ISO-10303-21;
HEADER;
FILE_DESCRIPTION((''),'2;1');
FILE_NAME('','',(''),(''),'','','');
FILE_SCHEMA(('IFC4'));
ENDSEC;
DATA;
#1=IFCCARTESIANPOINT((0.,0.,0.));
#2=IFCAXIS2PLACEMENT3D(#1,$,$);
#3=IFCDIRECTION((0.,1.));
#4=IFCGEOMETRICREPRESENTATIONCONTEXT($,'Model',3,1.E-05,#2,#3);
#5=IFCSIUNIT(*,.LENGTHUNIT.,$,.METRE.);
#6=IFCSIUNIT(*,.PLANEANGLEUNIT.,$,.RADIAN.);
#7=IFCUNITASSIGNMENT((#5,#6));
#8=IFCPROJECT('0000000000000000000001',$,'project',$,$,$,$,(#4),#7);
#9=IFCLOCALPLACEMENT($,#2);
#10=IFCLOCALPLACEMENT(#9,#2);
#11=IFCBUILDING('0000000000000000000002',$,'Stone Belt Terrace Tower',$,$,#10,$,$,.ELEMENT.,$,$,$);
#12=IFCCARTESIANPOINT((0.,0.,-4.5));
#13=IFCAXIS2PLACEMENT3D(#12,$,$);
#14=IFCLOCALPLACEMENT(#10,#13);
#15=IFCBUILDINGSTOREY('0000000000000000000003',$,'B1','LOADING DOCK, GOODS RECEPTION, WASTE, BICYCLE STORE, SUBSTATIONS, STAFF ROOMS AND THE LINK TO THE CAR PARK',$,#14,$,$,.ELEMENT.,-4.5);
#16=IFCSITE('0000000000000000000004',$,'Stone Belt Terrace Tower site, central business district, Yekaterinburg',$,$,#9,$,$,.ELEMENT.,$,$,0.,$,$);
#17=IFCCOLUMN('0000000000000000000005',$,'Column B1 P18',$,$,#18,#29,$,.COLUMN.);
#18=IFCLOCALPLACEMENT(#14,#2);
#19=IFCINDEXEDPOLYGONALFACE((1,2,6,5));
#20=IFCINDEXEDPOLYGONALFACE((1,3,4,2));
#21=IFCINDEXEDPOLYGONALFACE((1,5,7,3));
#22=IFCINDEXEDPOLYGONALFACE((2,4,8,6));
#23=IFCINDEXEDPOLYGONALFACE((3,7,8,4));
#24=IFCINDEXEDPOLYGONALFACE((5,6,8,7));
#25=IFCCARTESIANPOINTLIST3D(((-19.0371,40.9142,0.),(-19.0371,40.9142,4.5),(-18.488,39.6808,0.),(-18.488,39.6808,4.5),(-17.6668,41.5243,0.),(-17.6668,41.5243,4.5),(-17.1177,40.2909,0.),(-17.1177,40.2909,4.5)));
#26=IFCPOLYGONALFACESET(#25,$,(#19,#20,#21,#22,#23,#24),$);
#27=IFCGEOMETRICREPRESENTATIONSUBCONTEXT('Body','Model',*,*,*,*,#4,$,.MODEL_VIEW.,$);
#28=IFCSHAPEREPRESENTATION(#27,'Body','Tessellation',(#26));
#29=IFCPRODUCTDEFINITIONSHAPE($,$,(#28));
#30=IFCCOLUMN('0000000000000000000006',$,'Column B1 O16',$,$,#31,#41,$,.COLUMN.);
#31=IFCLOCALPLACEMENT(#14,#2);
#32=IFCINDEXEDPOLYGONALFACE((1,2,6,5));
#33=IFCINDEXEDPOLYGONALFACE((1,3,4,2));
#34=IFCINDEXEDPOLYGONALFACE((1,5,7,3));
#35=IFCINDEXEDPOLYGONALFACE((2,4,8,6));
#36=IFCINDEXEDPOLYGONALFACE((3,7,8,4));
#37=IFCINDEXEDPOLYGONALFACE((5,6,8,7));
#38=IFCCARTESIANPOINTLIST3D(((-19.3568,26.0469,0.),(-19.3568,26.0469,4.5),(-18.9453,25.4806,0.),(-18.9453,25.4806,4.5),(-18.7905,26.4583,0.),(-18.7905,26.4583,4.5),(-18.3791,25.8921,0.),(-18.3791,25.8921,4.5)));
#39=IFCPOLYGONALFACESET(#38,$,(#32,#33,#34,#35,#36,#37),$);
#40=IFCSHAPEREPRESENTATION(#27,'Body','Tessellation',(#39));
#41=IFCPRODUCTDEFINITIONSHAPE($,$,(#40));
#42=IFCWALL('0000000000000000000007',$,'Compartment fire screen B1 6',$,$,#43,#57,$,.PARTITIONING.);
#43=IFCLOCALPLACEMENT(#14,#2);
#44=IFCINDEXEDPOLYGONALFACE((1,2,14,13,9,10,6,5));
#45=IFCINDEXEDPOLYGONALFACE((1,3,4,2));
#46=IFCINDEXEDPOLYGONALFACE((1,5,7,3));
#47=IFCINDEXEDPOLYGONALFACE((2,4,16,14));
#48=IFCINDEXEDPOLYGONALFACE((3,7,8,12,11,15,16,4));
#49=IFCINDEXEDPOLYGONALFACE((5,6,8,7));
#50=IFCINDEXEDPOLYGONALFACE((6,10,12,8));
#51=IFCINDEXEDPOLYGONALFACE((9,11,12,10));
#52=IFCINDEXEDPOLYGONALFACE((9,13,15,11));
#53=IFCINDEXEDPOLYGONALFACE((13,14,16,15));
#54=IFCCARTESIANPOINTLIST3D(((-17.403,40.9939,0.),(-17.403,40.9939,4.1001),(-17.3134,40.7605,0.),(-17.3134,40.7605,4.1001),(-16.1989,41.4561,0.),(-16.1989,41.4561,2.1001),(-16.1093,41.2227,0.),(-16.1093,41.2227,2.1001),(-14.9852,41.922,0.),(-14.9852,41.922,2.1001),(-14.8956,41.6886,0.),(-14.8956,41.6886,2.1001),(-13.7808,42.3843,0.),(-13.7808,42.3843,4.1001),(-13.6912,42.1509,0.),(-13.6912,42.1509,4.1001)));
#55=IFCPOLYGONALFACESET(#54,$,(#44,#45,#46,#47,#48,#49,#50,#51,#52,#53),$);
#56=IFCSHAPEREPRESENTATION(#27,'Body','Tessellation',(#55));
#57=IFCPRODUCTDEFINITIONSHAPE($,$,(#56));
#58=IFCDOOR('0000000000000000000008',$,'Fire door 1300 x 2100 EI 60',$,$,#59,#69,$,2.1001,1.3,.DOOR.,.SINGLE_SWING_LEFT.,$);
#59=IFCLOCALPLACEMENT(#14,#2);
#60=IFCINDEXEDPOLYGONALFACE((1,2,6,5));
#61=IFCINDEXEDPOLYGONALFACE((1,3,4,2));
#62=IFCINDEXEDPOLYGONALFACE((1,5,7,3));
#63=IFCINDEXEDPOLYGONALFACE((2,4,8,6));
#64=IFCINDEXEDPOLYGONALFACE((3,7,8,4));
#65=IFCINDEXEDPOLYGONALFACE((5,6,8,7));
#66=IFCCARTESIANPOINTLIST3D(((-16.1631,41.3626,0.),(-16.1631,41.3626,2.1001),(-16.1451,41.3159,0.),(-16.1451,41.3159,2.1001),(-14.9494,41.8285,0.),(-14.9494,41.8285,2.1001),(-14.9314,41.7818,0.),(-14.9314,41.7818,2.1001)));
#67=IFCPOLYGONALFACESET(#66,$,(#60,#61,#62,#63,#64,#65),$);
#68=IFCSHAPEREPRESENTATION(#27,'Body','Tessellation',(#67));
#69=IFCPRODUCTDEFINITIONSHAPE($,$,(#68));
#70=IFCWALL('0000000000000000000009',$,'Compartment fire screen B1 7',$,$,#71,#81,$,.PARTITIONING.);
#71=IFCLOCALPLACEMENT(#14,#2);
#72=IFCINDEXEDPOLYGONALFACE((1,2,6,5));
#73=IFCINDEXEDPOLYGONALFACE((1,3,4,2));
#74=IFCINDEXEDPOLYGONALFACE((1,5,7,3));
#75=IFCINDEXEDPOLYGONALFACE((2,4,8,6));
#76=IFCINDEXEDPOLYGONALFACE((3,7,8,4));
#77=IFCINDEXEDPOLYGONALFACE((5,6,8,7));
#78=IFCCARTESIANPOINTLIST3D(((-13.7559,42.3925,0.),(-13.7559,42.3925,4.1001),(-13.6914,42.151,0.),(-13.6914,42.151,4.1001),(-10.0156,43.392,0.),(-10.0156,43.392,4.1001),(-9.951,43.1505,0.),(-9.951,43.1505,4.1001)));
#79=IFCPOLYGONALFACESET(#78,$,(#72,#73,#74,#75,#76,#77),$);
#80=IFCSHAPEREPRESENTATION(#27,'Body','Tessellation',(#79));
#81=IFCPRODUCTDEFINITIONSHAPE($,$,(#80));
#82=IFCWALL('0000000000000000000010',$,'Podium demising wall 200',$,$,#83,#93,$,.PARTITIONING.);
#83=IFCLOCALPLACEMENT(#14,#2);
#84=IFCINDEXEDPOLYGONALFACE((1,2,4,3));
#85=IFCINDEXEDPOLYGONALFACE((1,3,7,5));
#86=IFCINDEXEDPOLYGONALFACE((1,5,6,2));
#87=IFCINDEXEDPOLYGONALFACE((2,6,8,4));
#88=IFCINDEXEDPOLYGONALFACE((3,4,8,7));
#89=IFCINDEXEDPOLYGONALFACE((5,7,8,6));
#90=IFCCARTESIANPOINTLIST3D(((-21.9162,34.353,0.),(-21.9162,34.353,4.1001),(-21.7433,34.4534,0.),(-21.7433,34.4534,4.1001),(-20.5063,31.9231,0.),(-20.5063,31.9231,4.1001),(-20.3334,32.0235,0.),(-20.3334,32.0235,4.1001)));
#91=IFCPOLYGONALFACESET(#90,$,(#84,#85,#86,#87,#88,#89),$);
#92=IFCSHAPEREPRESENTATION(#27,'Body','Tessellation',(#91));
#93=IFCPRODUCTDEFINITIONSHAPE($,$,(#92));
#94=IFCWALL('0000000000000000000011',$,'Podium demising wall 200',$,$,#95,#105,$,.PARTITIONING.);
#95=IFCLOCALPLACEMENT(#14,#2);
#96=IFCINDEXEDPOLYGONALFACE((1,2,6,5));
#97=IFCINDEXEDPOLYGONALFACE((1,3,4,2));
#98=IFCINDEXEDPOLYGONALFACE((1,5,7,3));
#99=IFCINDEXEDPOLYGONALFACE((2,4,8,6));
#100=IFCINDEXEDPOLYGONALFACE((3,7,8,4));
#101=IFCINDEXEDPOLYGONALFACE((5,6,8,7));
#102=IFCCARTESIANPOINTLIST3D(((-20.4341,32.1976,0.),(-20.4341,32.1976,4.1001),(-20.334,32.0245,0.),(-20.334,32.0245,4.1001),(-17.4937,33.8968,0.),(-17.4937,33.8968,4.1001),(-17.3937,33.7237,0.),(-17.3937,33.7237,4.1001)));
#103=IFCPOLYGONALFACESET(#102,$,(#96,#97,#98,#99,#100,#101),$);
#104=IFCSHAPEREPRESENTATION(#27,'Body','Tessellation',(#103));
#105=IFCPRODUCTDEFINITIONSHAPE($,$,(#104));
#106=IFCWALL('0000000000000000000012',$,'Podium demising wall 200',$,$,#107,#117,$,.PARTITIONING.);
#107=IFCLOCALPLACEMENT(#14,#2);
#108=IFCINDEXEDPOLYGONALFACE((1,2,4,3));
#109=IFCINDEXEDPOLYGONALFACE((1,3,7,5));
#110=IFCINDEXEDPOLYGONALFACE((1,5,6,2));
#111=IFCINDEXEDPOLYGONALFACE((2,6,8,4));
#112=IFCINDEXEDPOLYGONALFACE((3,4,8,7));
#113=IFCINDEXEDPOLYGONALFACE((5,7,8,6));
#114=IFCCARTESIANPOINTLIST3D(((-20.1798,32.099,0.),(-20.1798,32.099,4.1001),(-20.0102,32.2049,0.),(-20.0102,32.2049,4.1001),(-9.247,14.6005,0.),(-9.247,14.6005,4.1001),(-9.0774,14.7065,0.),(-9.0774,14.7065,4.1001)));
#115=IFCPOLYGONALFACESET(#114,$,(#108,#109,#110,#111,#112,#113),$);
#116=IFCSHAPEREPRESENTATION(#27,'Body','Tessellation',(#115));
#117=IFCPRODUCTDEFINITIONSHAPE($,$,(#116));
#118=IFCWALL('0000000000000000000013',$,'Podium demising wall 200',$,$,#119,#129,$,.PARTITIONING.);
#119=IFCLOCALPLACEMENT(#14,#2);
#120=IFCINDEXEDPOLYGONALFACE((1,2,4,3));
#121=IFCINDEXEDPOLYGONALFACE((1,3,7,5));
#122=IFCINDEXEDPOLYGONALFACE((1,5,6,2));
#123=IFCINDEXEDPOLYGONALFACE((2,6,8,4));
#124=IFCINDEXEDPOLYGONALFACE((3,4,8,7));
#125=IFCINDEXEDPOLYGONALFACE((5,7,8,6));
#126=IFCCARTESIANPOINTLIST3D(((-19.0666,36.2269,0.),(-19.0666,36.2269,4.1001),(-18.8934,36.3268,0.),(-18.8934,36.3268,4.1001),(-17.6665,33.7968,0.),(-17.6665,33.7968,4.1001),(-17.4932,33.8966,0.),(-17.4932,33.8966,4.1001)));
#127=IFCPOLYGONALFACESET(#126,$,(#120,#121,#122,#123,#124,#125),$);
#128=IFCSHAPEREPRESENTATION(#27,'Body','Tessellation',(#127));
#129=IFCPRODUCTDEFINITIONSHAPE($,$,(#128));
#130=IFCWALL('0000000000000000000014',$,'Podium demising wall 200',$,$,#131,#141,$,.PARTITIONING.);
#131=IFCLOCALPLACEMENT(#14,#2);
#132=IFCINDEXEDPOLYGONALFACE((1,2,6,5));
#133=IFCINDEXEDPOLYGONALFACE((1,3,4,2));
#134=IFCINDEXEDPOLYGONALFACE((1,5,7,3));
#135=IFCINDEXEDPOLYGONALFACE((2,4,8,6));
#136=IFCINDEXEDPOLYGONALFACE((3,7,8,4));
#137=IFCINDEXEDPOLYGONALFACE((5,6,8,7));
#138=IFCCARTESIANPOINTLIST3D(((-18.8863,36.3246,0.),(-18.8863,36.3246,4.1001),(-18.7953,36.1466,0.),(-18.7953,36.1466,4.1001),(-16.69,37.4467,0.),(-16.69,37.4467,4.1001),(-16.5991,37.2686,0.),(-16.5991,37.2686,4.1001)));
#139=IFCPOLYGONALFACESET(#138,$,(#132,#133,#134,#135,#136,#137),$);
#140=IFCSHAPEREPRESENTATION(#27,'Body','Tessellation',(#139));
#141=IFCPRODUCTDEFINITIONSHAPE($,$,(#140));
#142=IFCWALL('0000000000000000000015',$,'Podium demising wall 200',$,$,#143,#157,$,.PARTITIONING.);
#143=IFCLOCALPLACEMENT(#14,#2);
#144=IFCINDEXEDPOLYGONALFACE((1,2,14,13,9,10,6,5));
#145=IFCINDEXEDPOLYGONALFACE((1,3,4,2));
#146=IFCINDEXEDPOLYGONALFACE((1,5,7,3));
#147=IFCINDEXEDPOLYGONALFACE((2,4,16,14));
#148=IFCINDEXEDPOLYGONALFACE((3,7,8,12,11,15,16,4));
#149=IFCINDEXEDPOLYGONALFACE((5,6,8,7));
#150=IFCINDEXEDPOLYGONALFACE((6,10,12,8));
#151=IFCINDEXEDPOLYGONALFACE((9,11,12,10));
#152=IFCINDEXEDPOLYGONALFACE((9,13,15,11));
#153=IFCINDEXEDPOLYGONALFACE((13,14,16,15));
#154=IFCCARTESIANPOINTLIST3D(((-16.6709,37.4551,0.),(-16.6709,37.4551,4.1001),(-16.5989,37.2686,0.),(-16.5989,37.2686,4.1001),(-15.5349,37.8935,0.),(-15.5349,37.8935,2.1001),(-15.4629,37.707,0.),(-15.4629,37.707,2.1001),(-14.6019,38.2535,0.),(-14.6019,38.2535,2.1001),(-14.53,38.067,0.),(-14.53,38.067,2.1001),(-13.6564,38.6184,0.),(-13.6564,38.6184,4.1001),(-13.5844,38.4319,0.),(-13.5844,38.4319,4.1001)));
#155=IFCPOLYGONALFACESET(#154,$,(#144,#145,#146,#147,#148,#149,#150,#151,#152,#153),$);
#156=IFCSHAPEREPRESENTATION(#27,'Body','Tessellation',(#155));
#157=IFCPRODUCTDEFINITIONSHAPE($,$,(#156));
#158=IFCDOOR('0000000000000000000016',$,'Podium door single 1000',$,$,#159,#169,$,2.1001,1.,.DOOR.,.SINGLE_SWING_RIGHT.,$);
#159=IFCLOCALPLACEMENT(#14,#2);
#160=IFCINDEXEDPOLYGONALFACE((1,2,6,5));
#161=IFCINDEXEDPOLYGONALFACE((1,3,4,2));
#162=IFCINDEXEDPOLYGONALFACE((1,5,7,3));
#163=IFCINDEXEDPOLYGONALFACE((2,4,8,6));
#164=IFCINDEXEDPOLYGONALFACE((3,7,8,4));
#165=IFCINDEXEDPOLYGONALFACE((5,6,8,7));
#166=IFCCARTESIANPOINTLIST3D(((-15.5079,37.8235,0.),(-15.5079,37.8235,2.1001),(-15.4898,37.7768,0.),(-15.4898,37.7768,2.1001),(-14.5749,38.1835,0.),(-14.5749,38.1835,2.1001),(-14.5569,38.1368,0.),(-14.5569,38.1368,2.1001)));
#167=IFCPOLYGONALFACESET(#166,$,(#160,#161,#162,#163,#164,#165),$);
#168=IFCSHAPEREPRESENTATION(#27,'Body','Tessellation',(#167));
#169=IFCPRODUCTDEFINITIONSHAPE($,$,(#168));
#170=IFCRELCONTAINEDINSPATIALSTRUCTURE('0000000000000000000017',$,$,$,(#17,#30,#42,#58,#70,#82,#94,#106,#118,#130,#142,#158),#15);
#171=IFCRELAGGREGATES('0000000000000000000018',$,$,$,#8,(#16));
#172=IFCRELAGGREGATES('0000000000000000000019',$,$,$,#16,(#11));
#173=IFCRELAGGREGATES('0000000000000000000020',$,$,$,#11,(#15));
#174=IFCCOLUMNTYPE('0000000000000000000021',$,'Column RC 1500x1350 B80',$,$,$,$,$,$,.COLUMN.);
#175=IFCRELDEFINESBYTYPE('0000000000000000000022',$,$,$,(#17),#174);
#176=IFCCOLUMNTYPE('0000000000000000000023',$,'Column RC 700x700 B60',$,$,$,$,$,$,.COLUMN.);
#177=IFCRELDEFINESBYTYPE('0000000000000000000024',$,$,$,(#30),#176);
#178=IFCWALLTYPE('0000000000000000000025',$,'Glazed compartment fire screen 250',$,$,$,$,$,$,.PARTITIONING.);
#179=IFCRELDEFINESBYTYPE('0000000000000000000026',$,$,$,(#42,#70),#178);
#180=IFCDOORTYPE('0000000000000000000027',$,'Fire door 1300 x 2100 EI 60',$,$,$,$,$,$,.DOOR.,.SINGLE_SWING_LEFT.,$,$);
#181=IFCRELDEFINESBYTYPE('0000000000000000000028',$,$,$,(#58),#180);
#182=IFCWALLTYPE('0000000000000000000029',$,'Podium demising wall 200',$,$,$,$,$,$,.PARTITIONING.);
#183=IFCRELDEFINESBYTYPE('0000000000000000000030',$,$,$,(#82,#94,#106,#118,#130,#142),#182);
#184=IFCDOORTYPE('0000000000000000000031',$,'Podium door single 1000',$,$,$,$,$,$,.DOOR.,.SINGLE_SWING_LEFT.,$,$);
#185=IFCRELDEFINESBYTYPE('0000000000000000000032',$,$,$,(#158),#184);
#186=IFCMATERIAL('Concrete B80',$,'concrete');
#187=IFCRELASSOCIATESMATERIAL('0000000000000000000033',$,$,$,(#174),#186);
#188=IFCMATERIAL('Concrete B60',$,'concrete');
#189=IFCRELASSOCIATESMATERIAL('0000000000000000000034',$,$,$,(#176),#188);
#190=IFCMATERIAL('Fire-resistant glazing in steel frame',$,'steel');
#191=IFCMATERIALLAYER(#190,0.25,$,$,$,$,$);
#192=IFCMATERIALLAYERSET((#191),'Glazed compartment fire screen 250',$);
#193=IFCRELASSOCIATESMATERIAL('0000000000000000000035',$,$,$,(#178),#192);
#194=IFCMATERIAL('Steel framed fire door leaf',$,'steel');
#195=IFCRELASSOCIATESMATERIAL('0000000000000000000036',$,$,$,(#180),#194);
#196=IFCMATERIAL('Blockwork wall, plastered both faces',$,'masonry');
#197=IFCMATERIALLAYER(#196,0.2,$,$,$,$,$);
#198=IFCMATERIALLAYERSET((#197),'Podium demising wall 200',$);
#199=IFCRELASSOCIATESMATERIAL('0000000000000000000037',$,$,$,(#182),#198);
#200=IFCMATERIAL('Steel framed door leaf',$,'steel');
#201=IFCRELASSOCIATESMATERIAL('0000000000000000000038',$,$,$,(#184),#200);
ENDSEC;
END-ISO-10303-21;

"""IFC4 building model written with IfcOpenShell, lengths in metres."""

from ifc_helpers import new_model, si_unit, direction, frame, frame_2d, origin, origin_2d, place, context, subcontext, project, spatial, rectangle, extrude, material, layer, layer_set, material_profile, profile_set, type_object, element, fill, save


model = new_model("IFC4")

# Units and contexts
model_context = context("Model", 3, precision=1e-05, world=origin(), true_north=direction((0.0, 1.0)))
body_context = subcontext(model_context, "Body", "Model", "MODEL_VIEW")
ifc_project = project(units=[si_unit("LENGTHUNIT", "METRE"), si_unit("PLANEANGLEUNIT", "RADIAN")], contexts=[model_context])

# Site, building, storey
site_placement = place(None, origin())
site = spatial("IfcSite", under=ifc_project, at=site_placement, Name="Stone Belt Terrace Tower site, central business district, Yekaterinburg", CompositionType="ELEMENT", RefElevation=0.0)
building_placement = place(site_placement, origin())
building = spatial("IfcBuilding", under=site, at=building_placement, Name="Stone Belt Terrace Tower", CompositionType="ELEMENT")
storey_placement = place(building_placement, frame((0.0, 0.0, -4.5)))
storey = spatial("IfcBuildingStorey", under=building, at=storey_placement, Name="B1", Description="LOADING DOCK, GOODS RECEPTION, WASTE, BICYCLE STORE, SUBSTATIONS, STAFF ROOMS AND THE LINK TO THE CAR PARK", CompositionType="ELEMENT", Elevation=-4.5)

# Columns
ifc_material_1 = material(Name="Concrete B80", Category="concrete")
ifc_material_profile_1 = material_profile(ifc_material_1, rectangle(XDim=1.5, YDim=1.3501, at=origin_2d()), Name="RC 1500x1350")
ifc_profile_set_1 = profile_set([ifc_material_profile_1], Name="Concrete B80")
column_type_1 = type_object("IfcColumnType", Name="Column RC 1500x1350 B80", PredefinedType="COLUMN", material=ifc_profile_set_1)
column_1_placement = place(storey_placement, frame((-18.0774, 40.6025, 0.0), z_axis=(0.0, 0.0, 1.0), x_axis=(0.913545, 0.406737, 0.0)))
element("IfcColumn", 1, at=column_1_placement, inside=storey, type_object=column_type_1, Name="Column B1 P18", PredefinedType="COLUMN", context=body_context, shape_type="SweptSolid", body=[
    extrude(rectangle(XDim=1.5, YDim=1.3501, at=origin_2d()), origin(), (0.0, 0.0, 1.0), 4.5),
])
ifc_material_2 = material(Name="Concrete B60", Category="concrete")
ifc_material_profile_2 = material_profile(ifc_material_2, rectangle(XDim=0.7, YDim=0.7, at=origin_2d()), Name="RC 700x700")
ifc_profile_set_2 = profile_set([ifc_material_profile_2], Name="Concrete B60")
column_type_2 = type_object("IfcColumnType", Name="Column RC 700x700 B60", PredefinedType="COLUMN", material=ifc_profile_set_2)
column_2_placement = place(storey_placement, frame((-18.8679, 25.9695, 0.0), z_axis=(0.0, 0.0, 1.0), x_axis=(0.809017, 0.587785, 0.0)))
element("IfcColumn", 2, at=column_2_placement, inside=storey, type_object=column_type_2, Name="Column B1 O16", PredefinedType="COLUMN", context=body_context, shape_type="SweptSolid", body=[
    extrude(rectangle(XDim=0.7, YDim=0.7, at=origin_2d()), origin(), (0.0, 0.0, 1.0), 4.5),
])

# Wall, opening, door
ifc_material_3 = material(Name="Fire-resistant glazing in steel frame", Category="steel")
ifc_layer_1 = layer(ifc_material_3, 0.25)
ifc_layer_set_1 = layer_set([ifc_layer_1], Name="Glazed compartment fire screen 250")
wall_type_1 = type_object("IfcWallType", Name="Glazed compartment fire screen 250", PredefinedType="PARTITIONING", material=ifc_layer_set_1)
wall_1_placement = place(storey_placement, frame((-17.3582, 40.8772, 0.0), z_axis=(0.0, 0.0, 1.0), x_axis=(0.933581, 0.358368, 0.0)))
wall_1 = element("IfcWall", 3, at=wall_1_placement, inside=storey, type_object=wall_type_1, Name="Compartment fire screen B1 6", PredefinedType="PARTITIONING", context=body_context, shape_type="SweptSolid", body=[
    extrude(rectangle(XDim=3.8799, YDim=0.25, at=frame_2d((1.9399, 0.0))), origin(), (0.0, 0.0, 1.0), 4.1001),
])
opening_1_placement = place(wall_1_placement, frame((1.2898, 0.0, 0.0)))
opening_1 = element("IfcOpeningElement", 4, at=opening_1_placement, cuts=wall_1, PredefinedType="OPENING", context=body_context, shape_type="SweptSolid", body=[
    extrude(rectangle(XDim=1.3, YDim=2.1001, at=frame_2d((0.6499, 1.05))), frame((0.0, 0.135, 0.0), z_axis=(0.0, -1.0, 0.0), x_axis=(1.0, 0.0, 0.0)), (0.0, 0.0, 1.0), 0.27),
])
ifc_material_4 = material(Name="Steel framed fire door leaf", Category="steel")
door_type_1 = type_object("IfcDoorType", Name="Fire door 1300 x 2100 EI 60", OperationType="SINGLE_SWING_LEFT", PredefinedType="DOOR", material=ifc_material_4)
door_1_placement = place(opening_1_placement, origin())
door_1 = element("IfcDoor", 5, at=door_1_placement, inside=storey, type_object=door_type_1, Name="Fire door 1300 x 2100 EI 60", OperationType="SINGLE_SWING_LEFT", OverallHeight=2.1001, OverallWidth=1.3, PredefinedType="DOOR", context=body_context, shape_type="SweptSolid", body=[
    extrude(rectangle(XDim=1.3, YDim=2.1001, at=frame_2d((0.6499, 1.05))), frame((0.0, 0.0249, 0.0), z_axis=(0.0, -1.0, 0.0), x_axis=(1.0, 0.0, 0.0)), (0.0, 0.0, 1.0), 0.05),
])
fill(opening_1, door_1)

# Walls
wall_2_placement = place(storey_placement, frame((-13.7236, 42.2717, 0.0), z_axis=(0.0, 0.0, 1.0), x_axis=(0.966099, 0.258173, 0.0)))
element("IfcWall", 6, at=wall_2_placement, inside=storey, type_object=wall_type_1, Name="Compartment fire screen B1 7", PredefinedType="PARTITIONING", context=body_context, shape_type="SweptSolid", body=[
    extrude(rectangle(XDim=3.8716, YDim=0.25, at=frame_2d((1.9358, 0.0))), origin(), (0.0, 0.0, 1.0), 4.1001),
])
ifc_material_5 = material(Name="Blockwork wall, plastered both faces", Category="masonry")
ifc_layer_2 = layer(ifc_material_5, 0.2)
ifc_layer_set_2 = layer_set([ifc_layer_2], Name="Podium demising wall 200")
wall_type_2 = type_object("IfcWallType", Name="Podium demising wall 200", PredefinedType="PARTITIONING", material=ifc_layer_set_2)
wall_3_placement = place(storey_placement, frame((-21.8298, 34.4033, 0.0), z_axis=(0.0, 0.0, 1.0), x_axis=(0.501865, -0.864946, 0.0)))
element("IfcWall", 7, at=wall_3_placement, inside=storey, type_object=wall_type_2, Name="Podium demising wall 200", PredefinedType="PARTITIONING", context=body_context, shape_type="SweptSolid", body=[
    extrude(rectangle(XDim=2.8093, YDim=0.2, at=frame_2d((1.4048, 0.0))), origin(), (0.0, 0.0, 1.0), 4.1001),
])
wall_4_placement = place(storey_placement, frame((-20.384, 32.1111, 0.0), z_axis=(0.0, 0.0, 1.0), x_axis=(0.865826, 0.500345, 0.0)))
element("IfcWall", 8, at=wall_4_placement, inside=storey, type_object=wall_type_2, Name="Podium demising wall 200", PredefinedType="PARTITIONING", context=body_context, shape_type="SweptSolid", body=[
    extrude(rectangle(XDim=3.396, YDim=0.2, at=frame_2d((1.698, 0.0))), origin(), (0.0, 0.0, 1.0), 4.1001),
])
wall_5_placement = place(storey_placement, frame((-20.095, 32.1519, 0.0), z_axis=(0.0, 0.0, 1.0), x_axis=(0.529869, -0.848079, 0.0)))
element("IfcWall", 9, at=wall_5_placement, inside=storey, type_object=wall_type_2, Name="Podium demising wall 200", PredefinedType="PARTITIONING", context=body_context, shape_type="SweptSolid", body=[
    extrude(rectangle(XDim=20.6331, YDim=0.2, at=frame_2d((10.3164, 0.0))), origin(), (0.0, 0.0, 1.0), 4.1001),
])
wall_6_placement = place(storey_placement, frame((-18.98, 36.2769, 0.0), z_axis=(0.0, 0.0, 1.0), x_axis=(0.49922, -0.866475, 0.0)))
element("IfcWall", 10, at=wall_6_placement, inside=storey, type_object=wall_type_2, Name="Podium demising wall 200", PredefinedType="PARTITIONING", context=body_context, shape_type="SweptSolid", body=[
    extrude(rectangle(XDim=2.8047, YDim=0.2, at=frame_2d((1.4023, 0.0))), origin(), (0.0, 0.0, 1.0), 4.1001),
])
wall_7_placement = place(storey_placement, frame((-18.8408, 36.2356, 0.0), z_axis=(0.0, 0.0, 1.0), x_axis=(0.890513, 0.454958, 0.0)))
element("IfcWall", 11, at=wall_7_placement, inside=storey, type_object=wall_type_2, Name="Podium demising wall 200", PredefinedType="PARTITIONING", context=body_context, shape_type="SweptSolid", body=[
    extrude(rectangle(XDim=2.4663, YDim=0.2, at=frame_2d((1.2332, 0.0))), origin(), (0.0, 0.0, 1.0), 4.1001),
])

# Wall, opening, door
wall_8_placement = place(storey_placement, frame((-16.635, 37.3618, 0.0), z_axis=(0.0, 0.0, 1.0), x_axis=(0.932946, 0.360017, 0.0)))
wall_8 = element("IfcWall", 12, at=wall_8_placement, inside=storey, type_object=wall_type_2, Name="Podium demising wall 200", PredefinedType="PARTITIONING", context=body_context, shape_type="SweptSolid", body=[
    extrude(rectangle(XDim=3.2312, YDim=0.2, at=frame_2d((1.6157, 0.0))), origin(), (0.0, 0.0, 1.0), 4.1001),
])
opening_2_placement = place(wall_8_placement, frame((1.2178, 0.0, 0.0)))
opening_2 = element("IfcOpeningElement", 13, at=opening_2_placement, cuts=wall_8, PredefinedType="OPENING", context=body_context, shape_type="SweptSolid", body=[
    extrude(rectangle(XDim=1.0, YDim=2.1001, at=frame_2d((0.5, 1.05))), frame((0.0, 0.1099, 0.0), z_axis=(0.0, -1.0, 0.0), x_axis=(1.0, 0.0, 0.0)), (0.0, 0.0, 1.0), 0.22),
])
ifc_material_6 = material(Name="Steel framed door leaf", Category="steel")
door_type_2 = type_object("IfcDoorType", Name="Podium door single 1000", OperationType="SINGLE_SWING_LEFT", PredefinedType="DOOR", material=ifc_material_6)
door_2_placement = place(opening_2_placement, origin())
door_2 = element("IfcDoor", 14, at=door_2_placement, inside=storey, type_object=door_type_2, Name="Podium door single 1000", OperationType="SINGLE_SWING_RIGHT", OverallHeight=2.1001, OverallWidth=1.0, PredefinedType="DOOR", context=body_context, shape_type="SweptSolid", body=[
    extrude(rectangle(XDim=1.0, YDim=2.1001, at=frame_2d((0.5, 1.05))), frame((0.0, 0.0249, 0.0), z_axis=(0.0, -1.0, 0.0), x_axis=(1.0, 0.0, 0.0)), (0.0, 0.0, 1.0), 0.05),
])
fill(opening_2, door_2)

save(model, "model.ifc")
